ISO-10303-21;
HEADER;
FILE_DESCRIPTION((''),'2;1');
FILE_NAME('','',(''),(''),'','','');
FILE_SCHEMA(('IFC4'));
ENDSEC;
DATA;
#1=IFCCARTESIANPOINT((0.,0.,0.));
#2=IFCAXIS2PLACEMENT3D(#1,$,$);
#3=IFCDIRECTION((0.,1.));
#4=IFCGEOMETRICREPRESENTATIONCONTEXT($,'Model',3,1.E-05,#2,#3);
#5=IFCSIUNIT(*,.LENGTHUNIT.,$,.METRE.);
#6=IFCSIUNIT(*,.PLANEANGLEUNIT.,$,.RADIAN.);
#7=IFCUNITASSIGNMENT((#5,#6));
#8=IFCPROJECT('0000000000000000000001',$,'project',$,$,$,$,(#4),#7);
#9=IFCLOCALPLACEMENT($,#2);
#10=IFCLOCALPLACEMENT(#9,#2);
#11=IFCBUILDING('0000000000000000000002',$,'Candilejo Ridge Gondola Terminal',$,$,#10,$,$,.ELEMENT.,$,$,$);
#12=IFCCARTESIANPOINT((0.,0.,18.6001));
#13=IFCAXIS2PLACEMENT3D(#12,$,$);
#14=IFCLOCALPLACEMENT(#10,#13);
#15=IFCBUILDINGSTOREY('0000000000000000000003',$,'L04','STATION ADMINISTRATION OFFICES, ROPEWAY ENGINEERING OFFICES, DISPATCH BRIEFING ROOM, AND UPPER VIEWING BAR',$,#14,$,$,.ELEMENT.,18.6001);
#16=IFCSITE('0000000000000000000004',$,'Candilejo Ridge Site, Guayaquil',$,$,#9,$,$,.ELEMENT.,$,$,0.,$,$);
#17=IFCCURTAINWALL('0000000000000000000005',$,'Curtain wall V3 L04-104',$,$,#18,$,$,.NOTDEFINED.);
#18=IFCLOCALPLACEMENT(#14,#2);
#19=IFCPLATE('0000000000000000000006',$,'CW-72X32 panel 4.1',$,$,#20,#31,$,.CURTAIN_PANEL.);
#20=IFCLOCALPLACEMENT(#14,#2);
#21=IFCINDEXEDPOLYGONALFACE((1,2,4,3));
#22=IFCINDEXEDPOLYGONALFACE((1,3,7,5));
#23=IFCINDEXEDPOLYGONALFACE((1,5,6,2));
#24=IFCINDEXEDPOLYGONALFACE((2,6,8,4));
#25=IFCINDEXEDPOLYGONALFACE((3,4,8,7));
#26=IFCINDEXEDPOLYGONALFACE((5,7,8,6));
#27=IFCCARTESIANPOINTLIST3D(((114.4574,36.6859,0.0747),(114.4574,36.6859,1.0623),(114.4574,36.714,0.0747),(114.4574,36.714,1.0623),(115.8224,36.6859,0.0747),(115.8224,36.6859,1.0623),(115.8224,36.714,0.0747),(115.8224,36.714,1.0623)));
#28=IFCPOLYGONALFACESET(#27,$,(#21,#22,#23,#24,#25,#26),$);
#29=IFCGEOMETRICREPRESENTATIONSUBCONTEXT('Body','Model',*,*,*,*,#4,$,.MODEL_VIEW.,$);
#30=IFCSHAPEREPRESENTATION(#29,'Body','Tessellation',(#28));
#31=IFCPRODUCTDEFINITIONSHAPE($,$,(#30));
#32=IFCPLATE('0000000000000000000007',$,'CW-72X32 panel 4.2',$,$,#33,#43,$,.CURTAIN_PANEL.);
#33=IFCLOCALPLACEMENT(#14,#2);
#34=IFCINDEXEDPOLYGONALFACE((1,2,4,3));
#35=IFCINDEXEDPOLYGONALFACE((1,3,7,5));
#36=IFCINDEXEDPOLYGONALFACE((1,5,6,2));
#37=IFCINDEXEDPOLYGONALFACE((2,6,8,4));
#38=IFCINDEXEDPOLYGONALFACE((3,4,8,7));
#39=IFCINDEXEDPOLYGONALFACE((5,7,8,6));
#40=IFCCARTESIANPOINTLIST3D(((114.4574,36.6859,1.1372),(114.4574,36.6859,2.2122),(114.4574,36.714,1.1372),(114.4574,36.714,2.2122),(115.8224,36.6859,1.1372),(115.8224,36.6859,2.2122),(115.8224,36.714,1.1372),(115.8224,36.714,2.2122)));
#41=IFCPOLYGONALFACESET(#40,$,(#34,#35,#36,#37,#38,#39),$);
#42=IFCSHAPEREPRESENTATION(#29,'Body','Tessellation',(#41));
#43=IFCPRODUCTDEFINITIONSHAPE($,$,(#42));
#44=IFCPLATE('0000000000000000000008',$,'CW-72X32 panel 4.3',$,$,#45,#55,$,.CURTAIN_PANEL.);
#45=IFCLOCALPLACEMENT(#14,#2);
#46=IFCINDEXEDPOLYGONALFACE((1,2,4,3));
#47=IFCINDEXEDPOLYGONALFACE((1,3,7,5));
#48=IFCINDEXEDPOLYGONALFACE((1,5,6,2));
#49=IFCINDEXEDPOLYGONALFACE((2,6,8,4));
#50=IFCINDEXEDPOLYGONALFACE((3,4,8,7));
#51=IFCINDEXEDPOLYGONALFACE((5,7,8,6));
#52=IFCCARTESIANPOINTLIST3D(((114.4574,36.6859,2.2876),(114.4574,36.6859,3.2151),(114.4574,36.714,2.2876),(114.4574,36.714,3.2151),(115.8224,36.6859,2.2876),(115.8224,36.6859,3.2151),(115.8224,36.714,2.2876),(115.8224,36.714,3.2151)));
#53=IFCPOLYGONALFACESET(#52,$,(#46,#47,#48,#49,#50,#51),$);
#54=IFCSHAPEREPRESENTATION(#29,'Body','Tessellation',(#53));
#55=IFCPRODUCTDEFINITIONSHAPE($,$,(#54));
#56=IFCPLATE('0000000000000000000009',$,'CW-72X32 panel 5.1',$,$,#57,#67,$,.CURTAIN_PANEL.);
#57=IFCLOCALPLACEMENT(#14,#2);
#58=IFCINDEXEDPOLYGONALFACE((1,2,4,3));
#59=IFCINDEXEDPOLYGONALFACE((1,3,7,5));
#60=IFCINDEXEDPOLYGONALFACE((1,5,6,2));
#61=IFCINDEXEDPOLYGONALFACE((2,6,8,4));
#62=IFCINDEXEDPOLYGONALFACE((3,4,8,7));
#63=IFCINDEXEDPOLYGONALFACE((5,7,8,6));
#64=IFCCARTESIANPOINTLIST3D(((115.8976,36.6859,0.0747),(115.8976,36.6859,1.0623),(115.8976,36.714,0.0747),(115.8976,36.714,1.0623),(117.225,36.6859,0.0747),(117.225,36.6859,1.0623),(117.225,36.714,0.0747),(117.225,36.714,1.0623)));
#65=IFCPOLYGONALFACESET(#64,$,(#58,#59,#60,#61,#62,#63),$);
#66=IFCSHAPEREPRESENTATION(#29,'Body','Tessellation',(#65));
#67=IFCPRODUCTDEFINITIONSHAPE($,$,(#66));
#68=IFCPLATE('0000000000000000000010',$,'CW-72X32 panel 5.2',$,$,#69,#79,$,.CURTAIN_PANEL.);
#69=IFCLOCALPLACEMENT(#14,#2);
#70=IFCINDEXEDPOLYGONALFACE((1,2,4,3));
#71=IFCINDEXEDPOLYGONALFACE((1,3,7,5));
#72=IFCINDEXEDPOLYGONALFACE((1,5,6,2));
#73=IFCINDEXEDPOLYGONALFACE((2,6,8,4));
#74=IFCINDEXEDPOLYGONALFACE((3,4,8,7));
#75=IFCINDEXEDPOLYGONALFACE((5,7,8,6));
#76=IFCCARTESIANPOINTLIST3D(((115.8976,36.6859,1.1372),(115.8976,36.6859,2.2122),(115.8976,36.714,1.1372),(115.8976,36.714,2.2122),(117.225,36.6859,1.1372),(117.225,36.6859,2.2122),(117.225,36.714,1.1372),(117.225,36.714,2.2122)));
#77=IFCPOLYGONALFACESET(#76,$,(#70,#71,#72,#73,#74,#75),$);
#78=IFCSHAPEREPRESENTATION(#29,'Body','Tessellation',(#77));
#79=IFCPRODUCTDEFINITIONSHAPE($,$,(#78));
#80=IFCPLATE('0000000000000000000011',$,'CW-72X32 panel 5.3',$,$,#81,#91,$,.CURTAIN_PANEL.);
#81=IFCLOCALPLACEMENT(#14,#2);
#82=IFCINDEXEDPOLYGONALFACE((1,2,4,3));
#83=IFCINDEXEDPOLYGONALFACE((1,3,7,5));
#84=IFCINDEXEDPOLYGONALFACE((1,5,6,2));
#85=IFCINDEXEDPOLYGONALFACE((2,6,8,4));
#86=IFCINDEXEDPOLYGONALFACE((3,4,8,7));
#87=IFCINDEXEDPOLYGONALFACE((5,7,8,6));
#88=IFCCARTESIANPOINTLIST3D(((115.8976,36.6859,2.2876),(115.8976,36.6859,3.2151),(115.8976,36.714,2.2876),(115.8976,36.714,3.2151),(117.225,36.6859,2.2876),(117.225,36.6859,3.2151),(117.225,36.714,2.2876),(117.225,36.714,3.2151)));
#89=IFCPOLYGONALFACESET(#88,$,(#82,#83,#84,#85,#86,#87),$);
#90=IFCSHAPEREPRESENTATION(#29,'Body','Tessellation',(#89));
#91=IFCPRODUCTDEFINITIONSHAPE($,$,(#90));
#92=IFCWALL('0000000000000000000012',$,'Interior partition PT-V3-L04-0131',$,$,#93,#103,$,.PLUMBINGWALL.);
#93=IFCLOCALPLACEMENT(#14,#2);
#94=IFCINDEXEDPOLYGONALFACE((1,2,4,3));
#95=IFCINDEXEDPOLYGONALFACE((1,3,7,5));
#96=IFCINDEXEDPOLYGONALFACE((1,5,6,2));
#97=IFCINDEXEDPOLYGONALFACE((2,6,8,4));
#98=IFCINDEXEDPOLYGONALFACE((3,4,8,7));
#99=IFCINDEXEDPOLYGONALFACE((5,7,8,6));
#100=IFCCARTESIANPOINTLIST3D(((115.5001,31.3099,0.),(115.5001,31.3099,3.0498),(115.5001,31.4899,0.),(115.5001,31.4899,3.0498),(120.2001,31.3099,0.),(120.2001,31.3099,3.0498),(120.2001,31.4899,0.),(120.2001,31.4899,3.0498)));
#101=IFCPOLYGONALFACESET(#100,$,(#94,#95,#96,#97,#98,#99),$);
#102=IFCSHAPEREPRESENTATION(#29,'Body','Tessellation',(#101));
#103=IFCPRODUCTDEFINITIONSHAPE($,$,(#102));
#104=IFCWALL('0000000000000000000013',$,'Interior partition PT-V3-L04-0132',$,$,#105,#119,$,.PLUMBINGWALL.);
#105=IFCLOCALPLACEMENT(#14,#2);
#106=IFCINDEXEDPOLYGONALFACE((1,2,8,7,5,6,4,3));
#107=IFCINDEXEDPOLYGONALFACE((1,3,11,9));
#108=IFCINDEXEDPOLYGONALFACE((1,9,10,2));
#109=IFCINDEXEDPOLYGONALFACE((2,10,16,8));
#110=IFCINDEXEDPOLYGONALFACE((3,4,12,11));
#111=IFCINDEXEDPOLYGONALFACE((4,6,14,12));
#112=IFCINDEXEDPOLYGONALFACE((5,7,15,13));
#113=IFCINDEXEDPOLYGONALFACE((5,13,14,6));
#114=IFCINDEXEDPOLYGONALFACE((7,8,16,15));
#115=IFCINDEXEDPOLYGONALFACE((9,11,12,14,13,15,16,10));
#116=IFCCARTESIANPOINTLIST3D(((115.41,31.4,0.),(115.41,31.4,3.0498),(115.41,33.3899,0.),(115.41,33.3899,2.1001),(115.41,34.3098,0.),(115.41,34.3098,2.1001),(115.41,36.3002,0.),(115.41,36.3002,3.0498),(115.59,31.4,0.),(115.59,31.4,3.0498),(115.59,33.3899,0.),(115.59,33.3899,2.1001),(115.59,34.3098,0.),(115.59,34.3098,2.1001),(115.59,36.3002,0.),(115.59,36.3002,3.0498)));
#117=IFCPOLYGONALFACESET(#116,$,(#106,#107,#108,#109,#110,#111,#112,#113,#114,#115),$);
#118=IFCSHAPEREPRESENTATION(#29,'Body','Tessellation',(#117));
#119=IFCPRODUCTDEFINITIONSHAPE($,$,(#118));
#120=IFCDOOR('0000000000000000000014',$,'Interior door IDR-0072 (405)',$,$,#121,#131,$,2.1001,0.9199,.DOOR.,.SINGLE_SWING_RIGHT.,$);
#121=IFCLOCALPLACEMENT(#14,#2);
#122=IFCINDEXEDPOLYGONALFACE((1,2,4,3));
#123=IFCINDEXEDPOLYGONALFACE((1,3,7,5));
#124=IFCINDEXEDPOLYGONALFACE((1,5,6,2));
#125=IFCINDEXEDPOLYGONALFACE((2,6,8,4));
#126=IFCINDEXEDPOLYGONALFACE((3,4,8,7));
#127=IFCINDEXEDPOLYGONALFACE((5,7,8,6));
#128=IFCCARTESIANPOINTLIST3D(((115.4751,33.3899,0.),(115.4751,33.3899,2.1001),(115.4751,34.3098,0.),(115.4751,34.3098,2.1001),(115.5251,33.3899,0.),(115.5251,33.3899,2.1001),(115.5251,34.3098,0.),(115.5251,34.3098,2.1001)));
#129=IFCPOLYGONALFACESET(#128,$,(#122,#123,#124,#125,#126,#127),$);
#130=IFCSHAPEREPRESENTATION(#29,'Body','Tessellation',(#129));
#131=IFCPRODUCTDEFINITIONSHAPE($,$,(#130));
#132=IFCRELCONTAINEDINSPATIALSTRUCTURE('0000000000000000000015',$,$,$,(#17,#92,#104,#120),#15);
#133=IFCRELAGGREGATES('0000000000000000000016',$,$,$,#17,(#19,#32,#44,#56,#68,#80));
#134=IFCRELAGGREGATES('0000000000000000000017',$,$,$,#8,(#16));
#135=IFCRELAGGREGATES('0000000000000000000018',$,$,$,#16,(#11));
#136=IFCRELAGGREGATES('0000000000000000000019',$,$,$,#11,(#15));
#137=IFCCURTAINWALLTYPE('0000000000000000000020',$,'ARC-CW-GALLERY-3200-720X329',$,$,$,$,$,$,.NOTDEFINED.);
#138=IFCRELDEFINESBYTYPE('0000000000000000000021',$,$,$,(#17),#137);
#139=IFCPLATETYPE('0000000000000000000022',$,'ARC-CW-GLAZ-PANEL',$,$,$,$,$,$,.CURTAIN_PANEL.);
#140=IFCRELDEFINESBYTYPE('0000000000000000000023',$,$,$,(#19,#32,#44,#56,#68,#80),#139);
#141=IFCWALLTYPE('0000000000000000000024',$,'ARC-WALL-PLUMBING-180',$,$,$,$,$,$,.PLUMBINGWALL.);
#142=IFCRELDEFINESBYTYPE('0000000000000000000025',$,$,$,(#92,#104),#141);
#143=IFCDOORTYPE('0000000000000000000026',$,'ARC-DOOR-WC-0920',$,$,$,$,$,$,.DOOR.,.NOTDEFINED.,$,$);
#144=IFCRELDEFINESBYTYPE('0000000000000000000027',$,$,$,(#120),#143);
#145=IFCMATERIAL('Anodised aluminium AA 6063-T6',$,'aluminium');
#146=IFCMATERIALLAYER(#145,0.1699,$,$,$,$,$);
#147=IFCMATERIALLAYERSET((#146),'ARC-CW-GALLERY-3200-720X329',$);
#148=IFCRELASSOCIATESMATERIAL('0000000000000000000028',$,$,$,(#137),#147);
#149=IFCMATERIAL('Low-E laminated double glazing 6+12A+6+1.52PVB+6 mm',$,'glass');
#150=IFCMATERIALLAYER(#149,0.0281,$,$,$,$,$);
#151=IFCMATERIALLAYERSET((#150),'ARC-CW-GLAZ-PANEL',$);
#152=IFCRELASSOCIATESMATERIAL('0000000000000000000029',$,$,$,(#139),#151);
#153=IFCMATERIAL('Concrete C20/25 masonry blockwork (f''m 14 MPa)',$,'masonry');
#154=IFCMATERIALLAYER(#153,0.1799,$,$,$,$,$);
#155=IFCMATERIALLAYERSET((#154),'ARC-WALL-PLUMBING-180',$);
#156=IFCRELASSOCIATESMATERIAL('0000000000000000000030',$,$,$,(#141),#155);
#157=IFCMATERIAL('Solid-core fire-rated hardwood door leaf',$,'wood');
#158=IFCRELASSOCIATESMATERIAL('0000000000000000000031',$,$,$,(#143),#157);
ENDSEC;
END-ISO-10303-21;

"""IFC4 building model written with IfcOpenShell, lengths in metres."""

from ifc_helpers import new_model, si_unit, direction, frame, frame_2d, origin, origin_2d, place, context, subcontext, project, spatial, rectangle, extrude, material, layer, layer_set, type_object, element, fill, aggregate, save


model = new_model("IFC4")

# Units and contexts
model_context = context("Model", 3, precision=1e-05, world=origin(), true_north=direction((0.0, 1.0)))
body_context = subcontext(model_context, "Body", "Model", "MODEL_VIEW")
ifc_project = project(units=[si_unit("LENGTHUNIT", "METRE"), si_unit("PLANEANGLEUNIT", "RADIAN")], contexts=[model_context])

# Site, building, storey
site_placement = place(None, origin())
site = spatial("IfcSite", under=ifc_project, at=site_placement, Name="Candilejo Ridge Site, Guayaquil", CompositionType="ELEMENT", RefElevation=0.0)
building_placement = place(site_placement, origin())
building = spatial("IfcBuilding", under=site, at=building_placement, Name="Candilejo Ridge Gondola Terminal", CompositionType="ELEMENT")
storey_placement = place(building_placement, frame((0.0, 0.0, 18.6001)))
storey = spatial("IfcBuildingStorey", under=building, at=storey_placement, Name="L04", Description="STATION ADMINISTRATION OFFICES, ROPEWAY ENGINEERING OFFICES, DISPATCH BRIEFING ROOM, AND UPPER VIEWING BAR", CompositionType="ELEMENT", Elevation=18.6001)

# Curtain wall
ifc_material_1 = material(Name="Anodised aluminium AA 6063-T6", Category="aluminium")
ifc_layer_1 = layer(ifc_material_1, 0.1699)
ifc_layer_set_1 = layer_set([ifc_layer_1], Name="ARC-CW-GALLERY-3200-720X329")
curtain_wall_type = type_object("IfcCurtainWallType", Name="ARC-CW-GALLERY-3200-720X329", PredefinedType="NOTDEFINED", material=ifc_layer_set_1)
curtain_wall_placement = place(storey_placement, origin())
curtain_wall = element("IfcCurtainWall", 1, at=curtain_wall_placement, inside=storey, type_object=curtain_wall_type, Name="Curtain wall V3 L04-104", PredefinedType="NOTDEFINED")

# Plates
ifc_material_2 = material(Name="Low-E laminated double glazing 6+12A+6+1.52PVB+6 mm", Category="glass")
ifc_layer_2 = layer(ifc_material_2, 0.0281)
ifc_layer_set_2 = layer_set([ifc_layer_2], Name="ARC-CW-GLAZ-PANEL")
plate_type = type_object("IfcPlateType", Name="ARC-CW-GLAZ-PANEL", PredefinedType="CURTAIN_PANEL", material=ifc_layer_set_2)
plate_1_placement = place(storey_placement, frame((115.1399, 36.7, 0.0747), z_axis=(0.0, 0.0, 1.0), x_axis=(1.0, 0.0, 0.0)))
plate_1 = element("IfcPlate", 2, at=plate_1_placement, type_object=plate_type, Name="CW-72X32 panel 4.1", PredefinedType="CURTAIN_PANEL", context=body_context, shape_type="SweptSolid", body=[
    extrude(rectangle(XDim=1.365, YDim=0.0281, at=origin_2d()), origin(), (0.0, 0.0, 1.0), 0.9875),
])
plate_2_placement = place(storey_placement, frame((115.1399, 36.7, 1.1372), z_axis=(0.0, 0.0, 1.0), x_axis=(1.0, 0.0, 0.0)))
plate_2 = element("IfcPlate", 3, at=plate_2_placement, type_object=plate_type, Name="CW-72X32 panel 4.2", PredefinedType="CURTAIN_PANEL", context=body_context, shape_type="SweptSolid", body=[
    extrude(rectangle(XDim=1.365, YDim=0.0281, at=origin_2d()), origin(), (0.0, 0.0, 1.0), 1.075),
])
plate_3_placement = place(storey_placement, frame((115.1399, 36.7, 2.2876), z_axis=(0.0, 0.0, 1.0), x_axis=(1.0, 0.0, 0.0)))
plate_3 = element("IfcPlate", 4, at=plate_3_placement, type_object=plate_type, Name="CW-72X32 panel 4.3", PredefinedType="CURTAIN_PANEL", context=body_context, shape_type="SweptSolid", body=[
    extrude(rectangle(XDim=1.365, YDim=0.0281, at=origin_2d()), origin(), (0.0, 0.0, 1.0), 0.9275),
])
plate_4_placement = place(storey_placement, frame((116.5613, 36.7, 0.0747), z_axis=(0.0, 0.0, 1.0), x_axis=(1.0, 0.0, 0.0)))
plate_4 = element("IfcPlate", 5, at=plate_4_placement, type_object=plate_type, Name="CW-72X32 panel 5.1", PredefinedType="CURTAIN_PANEL", context=body_context, shape_type="SweptSolid", body=[
    extrude(rectangle(XDim=1.3274, YDim=0.0281, at=origin_2d()), origin(), (0.0, 0.0, 1.0), 0.9875),
])
plate_5_placement = place(storey_placement, frame((116.5613, 36.7, 1.1372), z_axis=(0.0, 0.0, 1.0), x_axis=(1.0, 0.0, 0.0)))
plate_5 = element("IfcPlate", 6, at=plate_5_placement, type_object=plate_type, Name="CW-72X32 panel 5.2", PredefinedType="CURTAIN_PANEL", context=body_context, shape_type="SweptSolid", body=[
    extrude(rectangle(XDim=1.3274, YDim=0.0281, at=origin_2d()), origin(), (0.0, 0.0, 1.0), 1.075),
])
plate_6_placement = place(storey_placement, frame((116.5613, 36.7, 2.2876), z_axis=(0.0, 0.0, 1.0), x_axis=(1.0, 0.0, 0.0)))
plate_6 = element("IfcPlate", 7, at=plate_6_placement, type_object=plate_type, Name="CW-72X32 panel 5.3", PredefinedType="CURTAIN_PANEL", context=body_context, shape_type="SweptSolid", body=[
    extrude(rectangle(XDim=1.3274, YDim=0.0281, at=origin_2d()), origin(), (0.0, 0.0, 1.0), 0.9275),
])
aggregate(curtain_wall, [plate_1, plate_2, plate_3, plate_4, plate_5, plate_6])

# Wall
ifc_material_3 = material(Name="Concrete C20/25 masonry blockwork (f'm 14 MPa)", Category="masonry")
ifc_layer_3 = layer(ifc_material_3, 0.1799)
ifc_layer_set_3 = layer_set([ifc_layer_3], Name="ARC-WALL-PLUMBING-180")
wall_type = type_object("IfcWallType", Name="ARC-WALL-PLUMBING-180", PredefinedType="PLUMBINGWALL", material=ifc_layer_set_3)
wall_1_placement = place(storey_placement, frame((115.5, 31.3999, 0.0), z_axis=(0.0, 0.0, 1.0), x_axis=(1.0, 0.0, 0.0)))
element("IfcWall", 8, at=wall_1_placement, inside=storey, type_object=wall_type, Name="Interior partition PT-V3-L04-0131", PredefinedType="PLUMBINGWALL", context=body_context, shape_type="SweptSolid", body=[
    extrude(rectangle(XDim=4.7, YDim=0.1799, at=frame_2d((2.3501, 0.0))), origin(), (0.0, 0.0, 1.0), 3.0498),
])

# Wall, opening, door
wall_2_placement = place(storey_placement, frame((115.5, 31.3999, 0.0), z_axis=(0.0, 0.0, 1.0), x_axis=(0.0, 1.0, 0.0)))
wall_2 = element("IfcWall", 9, at=wall_2_placement, inside=storey, type_object=wall_type, Name="Interior partition PT-V3-L04-0132", PredefinedType="PLUMBINGWALL", context=body_context, shape_type="SweptSolid", body=[
    extrude(rectangle(XDim=4.9001, YDim=0.1799, at=frame_2d((2.4502, 0.0))), origin(), (0.0, 0.0, 1.0), 3.0498),
])
opening_placement = place(wall_2_placement, frame((1.99, 0.0, 0.0)))
opening = element("IfcOpeningElement", 10, at=opening_placement, cuts=wall_2, PredefinedType="OPENING", context=body_context, shape_type="SweptSolid", body=[
    extrude(rectangle(XDim=0.9199, YDim=2.1001, at=frame_2d((0.46, 1.05))), frame((0.0, 0.0999, 0.0), z_axis=(0.0, -1.0, 0.0), x_axis=(1.0, 0.0, 0.0)), (0.0, 0.0, 1.0), 0.2),
])
ifc_material_4 = material(Name="Solid-core fire-rated hardwood door leaf", Category="wood")
door_type = type_object("IfcDoorType", Name="ARC-DOOR-WC-0920", OperationType="NOTDEFINED", PredefinedType="DOOR", material=ifc_material_4)
door_placement = place(opening_placement, origin())
door = element("IfcDoor", 11, at=door_placement, inside=storey, type_object=door_type, Name="Interior door IDR-0072 (405)", OperationType="SINGLE_SWING_RIGHT", OverallHeight=2.1001, OverallWidth=0.9199, PredefinedType="DOOR", context=body_context, shape_type="SweptSolid", body=[
    extrude(rectangle(XDim=0.9199, YDim=2.1001, at=frame_2d((0.46, 1.05))), frame((0.0, 0.0249, 0.0), z_axis=(0.0, -1.0, 0.0), x_axis=(1.0, 0.0, 0.0)), (0.0, 0.0, 1.0), 0.05),
])
fill(opening, door)

save(model, "model.ifc")
